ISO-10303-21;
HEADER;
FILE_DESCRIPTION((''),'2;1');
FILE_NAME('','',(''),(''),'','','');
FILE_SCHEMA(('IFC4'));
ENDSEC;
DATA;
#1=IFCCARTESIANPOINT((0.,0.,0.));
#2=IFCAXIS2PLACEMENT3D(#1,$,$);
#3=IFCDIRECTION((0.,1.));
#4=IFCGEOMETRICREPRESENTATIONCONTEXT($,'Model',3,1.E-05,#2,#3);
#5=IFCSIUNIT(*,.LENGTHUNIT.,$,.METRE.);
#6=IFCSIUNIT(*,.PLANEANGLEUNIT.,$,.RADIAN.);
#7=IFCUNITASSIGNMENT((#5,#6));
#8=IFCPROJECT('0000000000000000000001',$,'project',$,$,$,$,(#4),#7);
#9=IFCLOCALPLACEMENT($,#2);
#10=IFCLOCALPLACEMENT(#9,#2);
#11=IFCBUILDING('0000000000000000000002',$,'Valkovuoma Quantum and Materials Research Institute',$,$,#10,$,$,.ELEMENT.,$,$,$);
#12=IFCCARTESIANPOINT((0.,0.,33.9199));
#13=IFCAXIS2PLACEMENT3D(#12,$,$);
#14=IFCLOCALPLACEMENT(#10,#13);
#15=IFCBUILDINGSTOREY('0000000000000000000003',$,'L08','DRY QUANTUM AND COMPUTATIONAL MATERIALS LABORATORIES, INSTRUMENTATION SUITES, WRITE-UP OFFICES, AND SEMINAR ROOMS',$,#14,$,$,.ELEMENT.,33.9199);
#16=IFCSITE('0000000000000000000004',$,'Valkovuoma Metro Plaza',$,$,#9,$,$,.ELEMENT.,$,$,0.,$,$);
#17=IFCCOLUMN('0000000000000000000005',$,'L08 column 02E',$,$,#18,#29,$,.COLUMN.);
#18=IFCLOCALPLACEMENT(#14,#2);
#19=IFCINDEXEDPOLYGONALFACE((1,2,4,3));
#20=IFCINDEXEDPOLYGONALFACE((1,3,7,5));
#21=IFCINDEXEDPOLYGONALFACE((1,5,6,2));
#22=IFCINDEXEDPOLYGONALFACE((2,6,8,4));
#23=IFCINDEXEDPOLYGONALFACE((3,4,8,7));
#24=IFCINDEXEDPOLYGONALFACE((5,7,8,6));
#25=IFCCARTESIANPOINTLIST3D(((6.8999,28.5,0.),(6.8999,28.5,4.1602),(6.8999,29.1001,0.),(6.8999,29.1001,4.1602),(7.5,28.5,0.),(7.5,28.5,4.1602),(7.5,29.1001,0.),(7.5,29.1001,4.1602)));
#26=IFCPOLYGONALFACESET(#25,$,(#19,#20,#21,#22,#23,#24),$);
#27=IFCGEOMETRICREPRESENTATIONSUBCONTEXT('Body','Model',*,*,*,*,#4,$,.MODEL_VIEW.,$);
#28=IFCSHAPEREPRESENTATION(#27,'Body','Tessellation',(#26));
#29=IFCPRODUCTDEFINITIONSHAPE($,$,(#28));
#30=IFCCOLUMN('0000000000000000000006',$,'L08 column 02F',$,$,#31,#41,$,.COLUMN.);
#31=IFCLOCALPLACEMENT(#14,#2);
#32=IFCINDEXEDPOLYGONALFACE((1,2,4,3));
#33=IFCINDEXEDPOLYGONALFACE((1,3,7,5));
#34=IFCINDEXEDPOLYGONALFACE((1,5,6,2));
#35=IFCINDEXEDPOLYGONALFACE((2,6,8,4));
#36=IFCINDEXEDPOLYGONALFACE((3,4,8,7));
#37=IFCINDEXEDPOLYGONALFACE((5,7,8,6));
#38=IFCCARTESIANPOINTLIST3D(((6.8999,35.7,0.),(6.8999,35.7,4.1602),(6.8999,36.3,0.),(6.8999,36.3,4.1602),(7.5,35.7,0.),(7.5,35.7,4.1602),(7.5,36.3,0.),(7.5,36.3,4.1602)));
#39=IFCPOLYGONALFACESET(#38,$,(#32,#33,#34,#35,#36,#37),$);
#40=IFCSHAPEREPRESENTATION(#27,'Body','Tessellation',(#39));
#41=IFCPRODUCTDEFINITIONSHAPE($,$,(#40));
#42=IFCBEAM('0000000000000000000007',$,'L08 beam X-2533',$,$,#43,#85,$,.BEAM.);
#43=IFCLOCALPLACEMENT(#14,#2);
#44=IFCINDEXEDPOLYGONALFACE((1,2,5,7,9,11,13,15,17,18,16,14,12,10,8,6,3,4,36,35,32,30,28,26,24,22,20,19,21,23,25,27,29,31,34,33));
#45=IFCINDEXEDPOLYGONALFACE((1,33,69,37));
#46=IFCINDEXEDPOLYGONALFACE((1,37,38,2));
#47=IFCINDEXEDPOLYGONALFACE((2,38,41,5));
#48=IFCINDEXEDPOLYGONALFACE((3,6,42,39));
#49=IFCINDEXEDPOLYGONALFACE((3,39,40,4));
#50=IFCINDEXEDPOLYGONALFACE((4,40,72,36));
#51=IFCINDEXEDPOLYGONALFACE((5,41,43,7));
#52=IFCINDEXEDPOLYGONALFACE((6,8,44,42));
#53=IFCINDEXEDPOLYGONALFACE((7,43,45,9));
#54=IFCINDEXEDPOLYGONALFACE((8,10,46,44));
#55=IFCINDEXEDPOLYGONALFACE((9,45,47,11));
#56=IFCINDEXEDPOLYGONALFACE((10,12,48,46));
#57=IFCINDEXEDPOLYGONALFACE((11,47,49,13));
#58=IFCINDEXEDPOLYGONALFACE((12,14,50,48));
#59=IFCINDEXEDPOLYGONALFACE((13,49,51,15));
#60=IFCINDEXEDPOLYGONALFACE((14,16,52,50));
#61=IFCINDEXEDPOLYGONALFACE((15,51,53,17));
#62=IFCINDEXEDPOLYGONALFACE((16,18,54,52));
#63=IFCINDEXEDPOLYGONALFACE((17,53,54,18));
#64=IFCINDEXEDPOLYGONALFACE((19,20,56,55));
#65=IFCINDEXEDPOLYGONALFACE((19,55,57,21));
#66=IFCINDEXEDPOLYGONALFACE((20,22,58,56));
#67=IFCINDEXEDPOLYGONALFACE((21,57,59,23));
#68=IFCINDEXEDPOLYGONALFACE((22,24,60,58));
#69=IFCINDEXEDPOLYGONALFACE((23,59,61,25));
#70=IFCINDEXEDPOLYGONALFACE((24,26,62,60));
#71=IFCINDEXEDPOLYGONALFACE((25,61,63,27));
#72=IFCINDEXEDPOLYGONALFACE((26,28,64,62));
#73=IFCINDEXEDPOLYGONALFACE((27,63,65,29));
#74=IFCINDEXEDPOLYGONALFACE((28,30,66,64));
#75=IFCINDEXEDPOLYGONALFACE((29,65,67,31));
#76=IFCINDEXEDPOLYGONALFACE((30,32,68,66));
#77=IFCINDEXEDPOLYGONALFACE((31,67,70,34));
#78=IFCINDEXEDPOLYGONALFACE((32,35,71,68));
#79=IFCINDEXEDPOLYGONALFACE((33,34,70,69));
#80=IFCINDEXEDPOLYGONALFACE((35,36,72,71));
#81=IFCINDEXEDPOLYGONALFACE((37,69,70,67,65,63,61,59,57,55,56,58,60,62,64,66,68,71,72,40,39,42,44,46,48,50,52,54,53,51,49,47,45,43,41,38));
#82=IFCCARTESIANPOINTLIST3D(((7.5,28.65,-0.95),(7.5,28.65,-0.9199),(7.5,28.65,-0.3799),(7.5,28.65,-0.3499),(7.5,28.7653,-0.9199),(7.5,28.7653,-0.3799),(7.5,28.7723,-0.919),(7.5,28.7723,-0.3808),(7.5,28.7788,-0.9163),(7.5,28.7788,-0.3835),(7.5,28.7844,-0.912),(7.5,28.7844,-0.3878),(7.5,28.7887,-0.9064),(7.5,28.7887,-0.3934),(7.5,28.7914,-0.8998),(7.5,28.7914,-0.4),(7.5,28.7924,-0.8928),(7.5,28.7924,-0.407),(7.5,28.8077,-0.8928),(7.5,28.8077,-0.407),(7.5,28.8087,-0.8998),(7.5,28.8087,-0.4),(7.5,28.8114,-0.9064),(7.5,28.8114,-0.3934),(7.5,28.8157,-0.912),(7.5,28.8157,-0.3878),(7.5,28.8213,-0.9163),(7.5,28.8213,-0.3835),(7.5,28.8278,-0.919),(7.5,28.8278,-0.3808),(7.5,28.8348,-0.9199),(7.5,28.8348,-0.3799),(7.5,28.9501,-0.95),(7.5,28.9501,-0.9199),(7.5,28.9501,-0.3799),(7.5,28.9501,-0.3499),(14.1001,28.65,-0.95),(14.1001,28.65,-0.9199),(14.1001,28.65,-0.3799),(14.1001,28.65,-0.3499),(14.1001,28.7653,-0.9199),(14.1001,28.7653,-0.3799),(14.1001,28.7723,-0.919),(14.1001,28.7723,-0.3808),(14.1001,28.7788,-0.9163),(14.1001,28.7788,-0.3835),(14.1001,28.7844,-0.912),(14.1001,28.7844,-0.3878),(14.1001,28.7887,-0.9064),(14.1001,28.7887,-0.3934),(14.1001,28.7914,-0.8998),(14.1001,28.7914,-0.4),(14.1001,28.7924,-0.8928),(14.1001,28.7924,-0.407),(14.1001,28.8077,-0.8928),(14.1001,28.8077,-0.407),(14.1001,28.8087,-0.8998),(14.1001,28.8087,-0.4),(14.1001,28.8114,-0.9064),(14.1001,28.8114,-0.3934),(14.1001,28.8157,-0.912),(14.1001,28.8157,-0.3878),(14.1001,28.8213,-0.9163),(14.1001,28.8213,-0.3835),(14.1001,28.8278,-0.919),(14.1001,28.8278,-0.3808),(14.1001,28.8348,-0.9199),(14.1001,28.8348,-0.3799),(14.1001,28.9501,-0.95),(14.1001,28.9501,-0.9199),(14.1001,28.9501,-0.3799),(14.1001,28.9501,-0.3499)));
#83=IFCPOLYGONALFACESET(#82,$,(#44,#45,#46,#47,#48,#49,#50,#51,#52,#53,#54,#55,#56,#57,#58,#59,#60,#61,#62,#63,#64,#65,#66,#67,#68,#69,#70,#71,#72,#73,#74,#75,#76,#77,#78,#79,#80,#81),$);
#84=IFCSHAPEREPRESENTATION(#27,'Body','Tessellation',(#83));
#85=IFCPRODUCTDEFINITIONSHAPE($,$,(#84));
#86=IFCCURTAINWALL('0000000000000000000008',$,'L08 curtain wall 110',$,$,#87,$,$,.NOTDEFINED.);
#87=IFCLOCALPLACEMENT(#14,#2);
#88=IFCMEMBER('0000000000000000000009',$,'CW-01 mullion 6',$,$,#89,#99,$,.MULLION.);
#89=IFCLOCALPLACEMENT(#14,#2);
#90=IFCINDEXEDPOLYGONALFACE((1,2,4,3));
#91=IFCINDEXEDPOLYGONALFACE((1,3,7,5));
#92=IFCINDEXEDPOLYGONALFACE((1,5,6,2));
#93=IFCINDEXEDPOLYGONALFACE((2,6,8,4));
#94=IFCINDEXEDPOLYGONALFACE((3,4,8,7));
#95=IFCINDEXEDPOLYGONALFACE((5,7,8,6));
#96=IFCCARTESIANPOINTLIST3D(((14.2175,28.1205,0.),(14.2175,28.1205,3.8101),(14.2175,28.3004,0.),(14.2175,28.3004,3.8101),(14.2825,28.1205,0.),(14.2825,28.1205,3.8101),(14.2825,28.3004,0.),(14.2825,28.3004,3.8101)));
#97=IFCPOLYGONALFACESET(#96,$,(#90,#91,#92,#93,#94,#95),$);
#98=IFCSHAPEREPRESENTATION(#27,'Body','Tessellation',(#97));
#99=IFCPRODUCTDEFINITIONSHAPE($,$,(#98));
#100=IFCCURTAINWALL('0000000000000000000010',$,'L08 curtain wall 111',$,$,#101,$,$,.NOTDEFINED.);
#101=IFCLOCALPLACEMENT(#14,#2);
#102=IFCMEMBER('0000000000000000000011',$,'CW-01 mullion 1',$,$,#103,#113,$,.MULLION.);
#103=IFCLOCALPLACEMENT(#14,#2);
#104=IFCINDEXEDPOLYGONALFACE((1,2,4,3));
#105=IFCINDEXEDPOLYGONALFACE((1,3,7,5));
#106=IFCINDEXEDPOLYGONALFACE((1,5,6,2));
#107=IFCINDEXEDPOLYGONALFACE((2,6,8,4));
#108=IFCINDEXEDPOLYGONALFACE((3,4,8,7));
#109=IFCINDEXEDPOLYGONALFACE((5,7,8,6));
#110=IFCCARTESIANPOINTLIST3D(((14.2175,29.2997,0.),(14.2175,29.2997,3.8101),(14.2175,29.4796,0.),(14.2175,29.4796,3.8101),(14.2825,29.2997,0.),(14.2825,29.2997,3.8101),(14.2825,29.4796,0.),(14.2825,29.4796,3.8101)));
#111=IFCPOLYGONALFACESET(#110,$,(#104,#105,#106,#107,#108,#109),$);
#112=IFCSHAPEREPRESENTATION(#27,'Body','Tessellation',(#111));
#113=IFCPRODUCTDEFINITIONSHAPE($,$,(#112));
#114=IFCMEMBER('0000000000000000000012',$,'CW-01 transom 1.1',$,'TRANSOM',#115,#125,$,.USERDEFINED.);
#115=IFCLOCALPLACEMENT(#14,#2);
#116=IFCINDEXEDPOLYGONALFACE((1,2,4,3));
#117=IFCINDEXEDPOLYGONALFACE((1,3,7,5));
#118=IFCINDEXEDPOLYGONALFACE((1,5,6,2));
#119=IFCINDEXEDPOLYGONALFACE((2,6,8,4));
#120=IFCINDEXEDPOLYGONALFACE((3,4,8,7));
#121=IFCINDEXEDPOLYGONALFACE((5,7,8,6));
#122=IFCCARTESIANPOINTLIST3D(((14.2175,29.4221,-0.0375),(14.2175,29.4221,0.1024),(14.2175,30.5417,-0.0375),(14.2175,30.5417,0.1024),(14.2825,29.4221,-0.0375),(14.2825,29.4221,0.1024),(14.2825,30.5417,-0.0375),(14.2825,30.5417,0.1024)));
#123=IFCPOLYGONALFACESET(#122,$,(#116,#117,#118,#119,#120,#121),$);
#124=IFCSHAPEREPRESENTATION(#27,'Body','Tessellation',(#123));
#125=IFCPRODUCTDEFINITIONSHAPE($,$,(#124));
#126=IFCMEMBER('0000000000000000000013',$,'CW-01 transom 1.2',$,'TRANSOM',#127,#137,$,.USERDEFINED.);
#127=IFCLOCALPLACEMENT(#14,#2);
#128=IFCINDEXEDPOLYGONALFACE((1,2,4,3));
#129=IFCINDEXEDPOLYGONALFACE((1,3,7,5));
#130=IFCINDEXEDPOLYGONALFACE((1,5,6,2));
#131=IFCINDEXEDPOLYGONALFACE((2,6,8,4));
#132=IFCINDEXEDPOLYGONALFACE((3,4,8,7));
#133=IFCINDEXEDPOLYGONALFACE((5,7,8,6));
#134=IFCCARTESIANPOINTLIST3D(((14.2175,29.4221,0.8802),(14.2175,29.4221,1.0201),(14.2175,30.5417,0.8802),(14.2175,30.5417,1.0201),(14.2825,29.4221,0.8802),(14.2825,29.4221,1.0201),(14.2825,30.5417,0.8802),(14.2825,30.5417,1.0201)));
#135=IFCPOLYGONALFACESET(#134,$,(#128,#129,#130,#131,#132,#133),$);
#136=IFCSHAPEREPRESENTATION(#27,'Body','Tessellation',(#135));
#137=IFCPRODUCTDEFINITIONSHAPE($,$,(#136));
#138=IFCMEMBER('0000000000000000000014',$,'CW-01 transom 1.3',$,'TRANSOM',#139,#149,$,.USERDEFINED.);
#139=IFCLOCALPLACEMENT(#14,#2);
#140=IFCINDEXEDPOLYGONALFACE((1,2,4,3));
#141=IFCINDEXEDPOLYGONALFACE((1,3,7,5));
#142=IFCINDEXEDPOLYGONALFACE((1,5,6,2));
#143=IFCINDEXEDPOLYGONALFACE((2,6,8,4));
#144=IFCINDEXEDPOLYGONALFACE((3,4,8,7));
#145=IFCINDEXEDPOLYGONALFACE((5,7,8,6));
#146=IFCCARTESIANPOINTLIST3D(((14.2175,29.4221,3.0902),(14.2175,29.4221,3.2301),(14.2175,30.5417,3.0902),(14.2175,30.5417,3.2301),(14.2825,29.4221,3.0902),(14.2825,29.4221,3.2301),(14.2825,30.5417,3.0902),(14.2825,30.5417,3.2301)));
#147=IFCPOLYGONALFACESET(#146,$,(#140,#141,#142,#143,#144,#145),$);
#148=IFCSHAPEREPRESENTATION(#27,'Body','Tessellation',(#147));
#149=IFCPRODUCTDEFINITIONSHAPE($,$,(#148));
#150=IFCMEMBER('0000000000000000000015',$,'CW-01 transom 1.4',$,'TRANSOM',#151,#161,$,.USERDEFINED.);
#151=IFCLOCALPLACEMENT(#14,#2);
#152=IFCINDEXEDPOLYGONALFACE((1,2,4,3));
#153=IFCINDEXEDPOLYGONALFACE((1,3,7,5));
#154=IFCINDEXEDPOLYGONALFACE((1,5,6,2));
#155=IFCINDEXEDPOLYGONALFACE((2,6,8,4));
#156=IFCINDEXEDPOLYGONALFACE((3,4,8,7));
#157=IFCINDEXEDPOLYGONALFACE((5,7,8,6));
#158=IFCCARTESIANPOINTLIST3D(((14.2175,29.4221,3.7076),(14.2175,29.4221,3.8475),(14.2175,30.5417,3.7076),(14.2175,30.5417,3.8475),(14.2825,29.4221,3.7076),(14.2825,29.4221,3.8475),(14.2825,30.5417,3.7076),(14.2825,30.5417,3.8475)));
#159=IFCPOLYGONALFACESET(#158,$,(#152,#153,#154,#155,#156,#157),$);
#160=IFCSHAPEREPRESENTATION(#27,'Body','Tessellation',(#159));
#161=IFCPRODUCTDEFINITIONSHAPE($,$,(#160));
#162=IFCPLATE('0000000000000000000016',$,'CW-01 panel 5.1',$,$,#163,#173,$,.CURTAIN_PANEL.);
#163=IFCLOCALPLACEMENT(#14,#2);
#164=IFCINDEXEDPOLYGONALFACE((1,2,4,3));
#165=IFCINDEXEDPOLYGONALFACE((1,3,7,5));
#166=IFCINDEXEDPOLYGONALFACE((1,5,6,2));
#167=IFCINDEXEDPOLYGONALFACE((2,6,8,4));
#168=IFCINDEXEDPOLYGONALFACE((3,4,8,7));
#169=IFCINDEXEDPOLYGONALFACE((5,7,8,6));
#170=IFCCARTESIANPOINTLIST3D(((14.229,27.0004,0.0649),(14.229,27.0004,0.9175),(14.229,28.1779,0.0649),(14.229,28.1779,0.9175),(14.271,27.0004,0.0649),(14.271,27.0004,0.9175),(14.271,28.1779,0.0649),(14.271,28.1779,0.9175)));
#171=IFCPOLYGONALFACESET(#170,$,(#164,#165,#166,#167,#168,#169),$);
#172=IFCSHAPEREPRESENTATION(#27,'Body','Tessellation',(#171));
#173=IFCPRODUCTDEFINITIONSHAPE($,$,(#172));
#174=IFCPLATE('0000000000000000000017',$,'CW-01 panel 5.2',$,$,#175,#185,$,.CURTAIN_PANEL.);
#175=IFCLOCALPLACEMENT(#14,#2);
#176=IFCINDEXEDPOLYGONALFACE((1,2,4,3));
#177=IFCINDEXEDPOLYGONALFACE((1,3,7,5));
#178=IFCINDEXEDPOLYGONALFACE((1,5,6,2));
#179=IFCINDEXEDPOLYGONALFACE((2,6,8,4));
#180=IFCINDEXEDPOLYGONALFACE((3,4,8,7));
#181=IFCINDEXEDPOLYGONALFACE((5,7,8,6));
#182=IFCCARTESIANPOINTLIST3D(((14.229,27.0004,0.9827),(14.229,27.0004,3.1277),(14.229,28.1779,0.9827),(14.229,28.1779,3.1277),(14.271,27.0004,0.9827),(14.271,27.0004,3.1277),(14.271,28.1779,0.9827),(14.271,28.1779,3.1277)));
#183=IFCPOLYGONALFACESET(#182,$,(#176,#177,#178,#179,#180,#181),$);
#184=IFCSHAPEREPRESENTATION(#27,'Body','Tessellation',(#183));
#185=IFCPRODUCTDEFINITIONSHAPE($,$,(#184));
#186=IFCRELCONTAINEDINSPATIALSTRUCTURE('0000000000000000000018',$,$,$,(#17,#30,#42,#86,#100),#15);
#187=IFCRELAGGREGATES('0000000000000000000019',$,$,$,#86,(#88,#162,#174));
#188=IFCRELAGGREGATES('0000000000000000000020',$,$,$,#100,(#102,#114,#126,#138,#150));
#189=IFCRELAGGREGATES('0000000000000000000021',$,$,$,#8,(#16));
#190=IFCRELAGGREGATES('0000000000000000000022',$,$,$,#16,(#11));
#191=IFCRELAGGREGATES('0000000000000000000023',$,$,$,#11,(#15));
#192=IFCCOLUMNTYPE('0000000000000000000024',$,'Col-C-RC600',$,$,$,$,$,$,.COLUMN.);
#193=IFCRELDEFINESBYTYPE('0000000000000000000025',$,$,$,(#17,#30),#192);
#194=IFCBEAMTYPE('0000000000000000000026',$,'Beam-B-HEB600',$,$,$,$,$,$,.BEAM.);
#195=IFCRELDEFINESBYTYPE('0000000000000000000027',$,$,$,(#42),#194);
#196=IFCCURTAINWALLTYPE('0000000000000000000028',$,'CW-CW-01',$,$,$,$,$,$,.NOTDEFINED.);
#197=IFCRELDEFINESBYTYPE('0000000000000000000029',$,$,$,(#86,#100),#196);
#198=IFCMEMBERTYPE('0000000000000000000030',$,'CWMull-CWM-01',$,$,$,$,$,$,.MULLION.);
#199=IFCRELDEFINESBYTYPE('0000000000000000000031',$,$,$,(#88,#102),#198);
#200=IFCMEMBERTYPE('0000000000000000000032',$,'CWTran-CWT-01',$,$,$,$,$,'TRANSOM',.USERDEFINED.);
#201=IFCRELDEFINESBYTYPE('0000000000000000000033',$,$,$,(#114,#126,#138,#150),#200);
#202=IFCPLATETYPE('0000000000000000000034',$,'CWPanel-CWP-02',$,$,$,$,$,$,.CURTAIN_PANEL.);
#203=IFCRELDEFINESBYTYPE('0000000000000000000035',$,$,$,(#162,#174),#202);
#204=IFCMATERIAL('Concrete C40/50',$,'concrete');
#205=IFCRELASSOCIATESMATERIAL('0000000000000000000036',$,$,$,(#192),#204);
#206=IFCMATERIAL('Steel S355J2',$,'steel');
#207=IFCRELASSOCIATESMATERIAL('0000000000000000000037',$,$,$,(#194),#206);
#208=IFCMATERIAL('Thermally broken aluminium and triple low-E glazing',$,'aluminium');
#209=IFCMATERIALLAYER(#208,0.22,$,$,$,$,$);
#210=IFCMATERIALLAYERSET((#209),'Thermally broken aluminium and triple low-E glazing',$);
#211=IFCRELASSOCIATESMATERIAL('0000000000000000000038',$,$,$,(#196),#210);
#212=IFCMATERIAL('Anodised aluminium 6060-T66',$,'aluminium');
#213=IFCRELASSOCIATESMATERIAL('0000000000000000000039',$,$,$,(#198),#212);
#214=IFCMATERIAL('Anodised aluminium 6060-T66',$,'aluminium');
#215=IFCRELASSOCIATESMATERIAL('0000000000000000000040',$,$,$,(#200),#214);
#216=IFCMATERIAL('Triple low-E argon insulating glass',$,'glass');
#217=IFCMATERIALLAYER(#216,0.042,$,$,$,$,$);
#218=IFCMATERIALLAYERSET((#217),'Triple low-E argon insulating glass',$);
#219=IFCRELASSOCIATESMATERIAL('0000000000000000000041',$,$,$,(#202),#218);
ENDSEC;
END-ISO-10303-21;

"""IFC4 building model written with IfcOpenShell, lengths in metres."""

from ifc_helpers import new_model, si_unit, direction, frame, origin, origin_2d, place, context, subcontext, project, spatial, rectangle, i_section, extrude, material, layer, layer_set, material_profile, profile_set, type_object, element, aggregate, save


model = new_model("IFC4")

# Units and contexts
model_context = context("Model", 3, precision=1e-05, world=origin(), true_north=direction((0.0, 1.0)))
body_context = subcontext(model_context, "Body", "Model", "MODEL_VIEW")
ifc_project = project(units=[si_unit("LENGTHUNIT", "METRE"), si_unit("PLANEANGLEUNIT", "RADIAN")], contexts=[model_context])

# Site, building, storey
site_placement = place(None, origin())
site = spatial("IfcSite", under=ifc_project, at=site_placement, Name="Valkovuoma Metro Plaza", CompositionType="ELEMENT", RefElevation=0.0)
building_placement = place(site_placement, origin())
building = spatial("IfcBuilding", under=site, at=building_placement, Name="Valkovuoma Quantum and Materials Research Institute", CompositionType="ELEMENT")
storey_placement = place(building_placement, frame((0.0, 0.0, 33.9199)))
storey = spatial("IfcBuildingStorey", under=building, at=storey_placement, Name="L08", Description="DRY QUANTUM AND COMPUTATIONAL MATERIALS LABORATORIES, INSTRUMENTATION SUITES, WRITE-UP OFFICES, AND SEMINAR ROOMS", CompositionType="ELEMENT", Elevation=33.9199)

# Columns
ifc_material_1 = material(Name="Concrete C40/50", Category="concrete")
ifc_material_profile_1 = material_profile(ifc_material_1, rectangle(XDim=0.6001, YDim=0.6001, at=origin_2d()), Name="Concrete C40/50")
ifc_profile_set_1 = profile_set([ifc_material_profile_1], Name="Concrete C40/50")
column_type = type_object("IfcColumnType", Name="Col-C-RC600", PredefinedType="COLUMN", material=ifc_profile_set_1)
for number, where, z_axis, x_axis, name in (
    (1, (7.2, 28.8, 0.0), (0.0, 0.0, 1.0), (1.0, 0.0, 0.0), "L08 column 02E"),
    (2, (7.2, 36.0, 0.0), (0.0, 0.0, 1.0), (1.0, 0.0, 0.0), "L08 column 02F"),
):
    element("IfcColumn", number, at=place(storey_placement, frame(where, z_axis=z_axis, x_axis=x_axis)), inside=storey, type_object=column_type, Name=name, PredefinedType="COLUMN", context=body_context, shape_type="SweptSolid", body=[
        extrude(rectangle(XDim=0.6001, YDim=0.6001, at=origin_2d()), origin(), (0.0, 0.0, 1.0), 4.1602),
    ])

# Beam
ifc_material_2 = material(Name="Steel S355J2", Category="steel")
ifc_material_profile_2 = material_profile(ifc_material_2, i_section(OverallWidth=0.3, OverallDepth=0.6001, WebThickness=0.0154, FlangeThickness=0.03, FilletRadius=0.0271, at=origin_2d()), Name="Steel S355J2")
ifc_profile_set_2 = profile_set([ifc_material_profile_2], Name="Steel S355J2")
beam_type = type_object("IfcBeamType", Name="Beam-B-HEB600", PredefinedType="BEAM", material=ifc_profile_set_2)
beam_placement = place(storey_placement, frame((7.5, 28.8, -0.6499), z_axis=(1.0, 0.0, 0.0), x_axis=(0.0, 1.0, 0.0)))
element("IfcBeam", 3, at=beam_placement, inside=storey, type_object=beam_type, Name="L08 beam X-2533", PredefinedType="BEAM", context=body_context, shape_type="SweptSolid", body=[
    extrude(i_section(OverallWidth=0.3, OverallDepth=0.6001, WebThickness=0.0154, FlangeThickness=0.03, FilletRadius=0.0271, at=origin_2d()), origin(), (0.0, 0.0, 1.0), 6.6001),
])

# Curtain wall, member
ifc_material_3 = material(Name="Thermally broken aluminium and triple low-E glazing", Category="aluminium")
ifc_layer_1 = layer(ifc_material_3, 0.22)
ifc_layer_set_1 = layer_set([ifc_layer_1], Name="Thermally broken aluminium and triple low-E glazing")
curtain_wall_type = type_object("IfcCurtainWallType", Name="CW-CW-01", PredefinedType="NOTDEFINED", material=ifc_layer_set_1)
curtain_wall_1_placement = place(storey_placement, origin())
curtain_wall_1 = element("IfcCurtainWall", 4, at=curtain_wall_1_placement, inside=storey, type_object=curtain_wall_type, Name="L08 curtain wall 110", PredefinedType="NOTDEFINED")
ifc_material_4 = material(Name="Anodised aluminium 6060-T66", Category="aluminium")
ifc_material_profile_3 = material_profile(ifc_material_4, rectangle(XDim=0.0649, YDim=0.1799, at=origin_2d()), Name="Anodised aluminium 6060-T66")
ifc_profile_set_3 = profile_set([ifc_material_profile_3], Name="Anodised aluminium 6060-T66")
member_type_1 = type_object("IfcMemberType", Name="CWMull-CWM-01", PredefinedType="MULLION", material=ifc_profile_set_3)
member_1_placement = place(storey_placement, frame((14.25, 28.2104, 0.0), z_axis=(0.0, 0.0, 1.0), x_axis=(-1.0, 0.0, 0.0)))
member_1 = element("IfcMember", 5, at=member_1_placement, type_object=member_type_1, Name="CW-01 mullion 6", PredefinedType="MULLION", context=body_context, shape_type="SweptSolid", body=[
    extrude(rectangle(XDim=0.0649, YDim=0.1799, at=origin_2d()), origin(), (0.0, 0.0, 1.0), 3.8101),
])

# Curtain wall, members
curtain_wall_2_placement = place(storey_placement, origin())
curtain_wall_2 = element("IfcCurtainWall", 6, at=curtain_wall_2_placement, inside=storey, type_object=curtain_wall_type, Name="L08 curtain wall 111", PredefinedType="NOTDEFINED")
member_2_placement = place(storey_placement, frame((14.25, 29.3896, 0.0), z_axis=(0.0, 0.0, 1.0), x_axis=(-1.0, 0.0, 0.0)))
member_2 = element("IfcMember", 7, at=member_2_placement, type_object=member_type_1, Name="CW-01 mullion 1", PredefinedType="MULLION", context=body_context, shape_type="SweptSolid", body=[
    extrude(rectangle(XDim=0.0649, YDim=0.1799, at=origin_2d()), origin(), (0.0, 0.0, 1.0), 3.8101),
])
ifc_material_5 = material(Name="Anodised aluminium 6060-T66", Category="aluminium")
ifc_material_profile_4 = material_profile(ifc_material_5, rectangle(XDim=0.0649, YDim=0.1399, at=origin_2d()), Name="Anodised aluminium 6060-T66")
ifc_profile_set_4 = profile_set([ifc_material_profile_4], Name="Anodised aluminium 6060-T66")
member_type_2 = type_object("IfcMemberType", Name="CWTran-CWT-01", ElementType="TRANSOM", PredefinedType="USERDEFINED", material=ifc_profile_set_4)
member_3_placement = place(storey_placement, frame((14.25, 29.4221, 0.0325), z_axis=(0.0, 1.0, 0.0), x_axis=(-1.0, 0.0, 0.0)))
member_3 = element("IfcMember", 8, at=member_3_placement, type_object=member_type_2, Name="CW-01 transom 1.1", ObjectType="TRANSOM", PredefinedType="USERDEFINED", context=body_context, shape_type="SweptSolid", body=[
    extrude(rectangle(XDim=0.0649, YDim=0.1399, at=origin_2d()), origin(), (0.0, 0.0, 1.0), 1.1196),
])
member_4_placement = place(storey_placement, frame((14.25, 29.4221, 0.9502), z_axis=(0.0, 1.0, 0.0), x_axis=(-1.0, 0.0, 0.0)))
member_4 = element("IfcMember", 9, at=member_4_placement, type_object=member_type_2, Name="CW-01 transom 1.2", ObjectType="TRANSOM", PredefinedType="USERDEFINED", context=body_context, shape_type="SweptSolid", body=[
    extrude(rectangle(XDim=0.0649, YDim=0.1399, at=origin_2d()), origin(), (0.0, 0.0, 1.0), 1.1196),
])
member_5_placement = place(storey_placement, frame((14.25, 29.4221, 3.1602), z_axis=(0.0, 1.0, 0.0), x_axis=(-1.0, 0.0, 0.0)))
member_5 = element("IfcMember", 10, at=member_5_placement, type_object=member_type_2, Name="CW-01 transom 1.3", ObjectType="TRANSOM", PredefinedType="USERDEFINED", context=body_context, shape_type="SweptSolid", body=[
    extrude(rectangle(XDim=0.0649, YDim=0.1399, at=origin_2d()), origin(), (0.0, 0.0, 1.0), 1.1196),
])
member_6_placement = place(storey_placement, frame((14.25, 29.4221, 3.7776), z_axis=(0.0, 1.0, 0.0), x_axis=(-1.0, 0.0, 0.0)))
member_6 = element("IfcMember", 11, at=member_6_placement, type_object=member_type_2, Name="CW-01 transom 1.4", ObjectType="TRANSOM", PredefinedType="USERDEFINED", context=body_context, shape_type="SweptSolid", body=[
    extrude(rectangle(XDim=0.0649, YDim=0.1399, at=origin_2d()), origin(), (0.0, 0.0, 1.0), 1.1196),
])

# Plates
ifc_material_6 = material(Name="Triple low-E argon insulating glass", Category="glass")
ifc_layer_2 = layer(ifc_material_6, 0.042)
ifc_layer_set_2 = layer_set([ifc_layer_2], Name="Triple low-E argon insulating glass")
plate_type = type_object("IfcPlateType", Name="CWPanel-CWP-02", PredefinedType="CURTAIN_PANEL", material=ifc_layer_set_2)
plate_1_placement = place(storey_placement, frame((14.25, 27.5891, 0.0649), z_axis=(0.0, 0.0, 1.0), x_axis=(0.0, 1.0, 0.0)))
plate_1 = element("IfcPlate", 12, at=plate_1_placement, type_object=plate_type, Name="CW-01 panel 5.1", PredefinedType="CURTAIN_PANEL", context=body_context, shape_type="SweptSolid", body=[
    extrude(rectangle(XDim=1.1775, YDim=0.042, at=origin_2d()), origin(), (0.0, 0.0, 1.0), 0.8525),
])
plate_2_placement = place(storey_placement, frame((14.25, 27.5891, 0.9827), z_axis=(0.0, 0.0, 1.0), x_axis=(0.0, 1.0, 0.0)))
plate_2 = element("IfcPlate", 13, at=plate_2_placement, type_object=plate_type, Name="CW-01 panel 5.2", PredefinedType="CURTAIN_PANEL", context=body_context, shape_type="SweptSolid", body=[
    extrude(rectangle(XDim=1.1775, YDim=0.042, at=origin_2d()), origin(), (0.0, 0.0, 1.0), 2.145),
])
aggregate(curtain_wall_1, [member_1, plate_1, plate_2])
aggregate(curtain_wall_2, [member_2, member_3, member_4, member_5, member_6])

save(model, "model.ifc")
